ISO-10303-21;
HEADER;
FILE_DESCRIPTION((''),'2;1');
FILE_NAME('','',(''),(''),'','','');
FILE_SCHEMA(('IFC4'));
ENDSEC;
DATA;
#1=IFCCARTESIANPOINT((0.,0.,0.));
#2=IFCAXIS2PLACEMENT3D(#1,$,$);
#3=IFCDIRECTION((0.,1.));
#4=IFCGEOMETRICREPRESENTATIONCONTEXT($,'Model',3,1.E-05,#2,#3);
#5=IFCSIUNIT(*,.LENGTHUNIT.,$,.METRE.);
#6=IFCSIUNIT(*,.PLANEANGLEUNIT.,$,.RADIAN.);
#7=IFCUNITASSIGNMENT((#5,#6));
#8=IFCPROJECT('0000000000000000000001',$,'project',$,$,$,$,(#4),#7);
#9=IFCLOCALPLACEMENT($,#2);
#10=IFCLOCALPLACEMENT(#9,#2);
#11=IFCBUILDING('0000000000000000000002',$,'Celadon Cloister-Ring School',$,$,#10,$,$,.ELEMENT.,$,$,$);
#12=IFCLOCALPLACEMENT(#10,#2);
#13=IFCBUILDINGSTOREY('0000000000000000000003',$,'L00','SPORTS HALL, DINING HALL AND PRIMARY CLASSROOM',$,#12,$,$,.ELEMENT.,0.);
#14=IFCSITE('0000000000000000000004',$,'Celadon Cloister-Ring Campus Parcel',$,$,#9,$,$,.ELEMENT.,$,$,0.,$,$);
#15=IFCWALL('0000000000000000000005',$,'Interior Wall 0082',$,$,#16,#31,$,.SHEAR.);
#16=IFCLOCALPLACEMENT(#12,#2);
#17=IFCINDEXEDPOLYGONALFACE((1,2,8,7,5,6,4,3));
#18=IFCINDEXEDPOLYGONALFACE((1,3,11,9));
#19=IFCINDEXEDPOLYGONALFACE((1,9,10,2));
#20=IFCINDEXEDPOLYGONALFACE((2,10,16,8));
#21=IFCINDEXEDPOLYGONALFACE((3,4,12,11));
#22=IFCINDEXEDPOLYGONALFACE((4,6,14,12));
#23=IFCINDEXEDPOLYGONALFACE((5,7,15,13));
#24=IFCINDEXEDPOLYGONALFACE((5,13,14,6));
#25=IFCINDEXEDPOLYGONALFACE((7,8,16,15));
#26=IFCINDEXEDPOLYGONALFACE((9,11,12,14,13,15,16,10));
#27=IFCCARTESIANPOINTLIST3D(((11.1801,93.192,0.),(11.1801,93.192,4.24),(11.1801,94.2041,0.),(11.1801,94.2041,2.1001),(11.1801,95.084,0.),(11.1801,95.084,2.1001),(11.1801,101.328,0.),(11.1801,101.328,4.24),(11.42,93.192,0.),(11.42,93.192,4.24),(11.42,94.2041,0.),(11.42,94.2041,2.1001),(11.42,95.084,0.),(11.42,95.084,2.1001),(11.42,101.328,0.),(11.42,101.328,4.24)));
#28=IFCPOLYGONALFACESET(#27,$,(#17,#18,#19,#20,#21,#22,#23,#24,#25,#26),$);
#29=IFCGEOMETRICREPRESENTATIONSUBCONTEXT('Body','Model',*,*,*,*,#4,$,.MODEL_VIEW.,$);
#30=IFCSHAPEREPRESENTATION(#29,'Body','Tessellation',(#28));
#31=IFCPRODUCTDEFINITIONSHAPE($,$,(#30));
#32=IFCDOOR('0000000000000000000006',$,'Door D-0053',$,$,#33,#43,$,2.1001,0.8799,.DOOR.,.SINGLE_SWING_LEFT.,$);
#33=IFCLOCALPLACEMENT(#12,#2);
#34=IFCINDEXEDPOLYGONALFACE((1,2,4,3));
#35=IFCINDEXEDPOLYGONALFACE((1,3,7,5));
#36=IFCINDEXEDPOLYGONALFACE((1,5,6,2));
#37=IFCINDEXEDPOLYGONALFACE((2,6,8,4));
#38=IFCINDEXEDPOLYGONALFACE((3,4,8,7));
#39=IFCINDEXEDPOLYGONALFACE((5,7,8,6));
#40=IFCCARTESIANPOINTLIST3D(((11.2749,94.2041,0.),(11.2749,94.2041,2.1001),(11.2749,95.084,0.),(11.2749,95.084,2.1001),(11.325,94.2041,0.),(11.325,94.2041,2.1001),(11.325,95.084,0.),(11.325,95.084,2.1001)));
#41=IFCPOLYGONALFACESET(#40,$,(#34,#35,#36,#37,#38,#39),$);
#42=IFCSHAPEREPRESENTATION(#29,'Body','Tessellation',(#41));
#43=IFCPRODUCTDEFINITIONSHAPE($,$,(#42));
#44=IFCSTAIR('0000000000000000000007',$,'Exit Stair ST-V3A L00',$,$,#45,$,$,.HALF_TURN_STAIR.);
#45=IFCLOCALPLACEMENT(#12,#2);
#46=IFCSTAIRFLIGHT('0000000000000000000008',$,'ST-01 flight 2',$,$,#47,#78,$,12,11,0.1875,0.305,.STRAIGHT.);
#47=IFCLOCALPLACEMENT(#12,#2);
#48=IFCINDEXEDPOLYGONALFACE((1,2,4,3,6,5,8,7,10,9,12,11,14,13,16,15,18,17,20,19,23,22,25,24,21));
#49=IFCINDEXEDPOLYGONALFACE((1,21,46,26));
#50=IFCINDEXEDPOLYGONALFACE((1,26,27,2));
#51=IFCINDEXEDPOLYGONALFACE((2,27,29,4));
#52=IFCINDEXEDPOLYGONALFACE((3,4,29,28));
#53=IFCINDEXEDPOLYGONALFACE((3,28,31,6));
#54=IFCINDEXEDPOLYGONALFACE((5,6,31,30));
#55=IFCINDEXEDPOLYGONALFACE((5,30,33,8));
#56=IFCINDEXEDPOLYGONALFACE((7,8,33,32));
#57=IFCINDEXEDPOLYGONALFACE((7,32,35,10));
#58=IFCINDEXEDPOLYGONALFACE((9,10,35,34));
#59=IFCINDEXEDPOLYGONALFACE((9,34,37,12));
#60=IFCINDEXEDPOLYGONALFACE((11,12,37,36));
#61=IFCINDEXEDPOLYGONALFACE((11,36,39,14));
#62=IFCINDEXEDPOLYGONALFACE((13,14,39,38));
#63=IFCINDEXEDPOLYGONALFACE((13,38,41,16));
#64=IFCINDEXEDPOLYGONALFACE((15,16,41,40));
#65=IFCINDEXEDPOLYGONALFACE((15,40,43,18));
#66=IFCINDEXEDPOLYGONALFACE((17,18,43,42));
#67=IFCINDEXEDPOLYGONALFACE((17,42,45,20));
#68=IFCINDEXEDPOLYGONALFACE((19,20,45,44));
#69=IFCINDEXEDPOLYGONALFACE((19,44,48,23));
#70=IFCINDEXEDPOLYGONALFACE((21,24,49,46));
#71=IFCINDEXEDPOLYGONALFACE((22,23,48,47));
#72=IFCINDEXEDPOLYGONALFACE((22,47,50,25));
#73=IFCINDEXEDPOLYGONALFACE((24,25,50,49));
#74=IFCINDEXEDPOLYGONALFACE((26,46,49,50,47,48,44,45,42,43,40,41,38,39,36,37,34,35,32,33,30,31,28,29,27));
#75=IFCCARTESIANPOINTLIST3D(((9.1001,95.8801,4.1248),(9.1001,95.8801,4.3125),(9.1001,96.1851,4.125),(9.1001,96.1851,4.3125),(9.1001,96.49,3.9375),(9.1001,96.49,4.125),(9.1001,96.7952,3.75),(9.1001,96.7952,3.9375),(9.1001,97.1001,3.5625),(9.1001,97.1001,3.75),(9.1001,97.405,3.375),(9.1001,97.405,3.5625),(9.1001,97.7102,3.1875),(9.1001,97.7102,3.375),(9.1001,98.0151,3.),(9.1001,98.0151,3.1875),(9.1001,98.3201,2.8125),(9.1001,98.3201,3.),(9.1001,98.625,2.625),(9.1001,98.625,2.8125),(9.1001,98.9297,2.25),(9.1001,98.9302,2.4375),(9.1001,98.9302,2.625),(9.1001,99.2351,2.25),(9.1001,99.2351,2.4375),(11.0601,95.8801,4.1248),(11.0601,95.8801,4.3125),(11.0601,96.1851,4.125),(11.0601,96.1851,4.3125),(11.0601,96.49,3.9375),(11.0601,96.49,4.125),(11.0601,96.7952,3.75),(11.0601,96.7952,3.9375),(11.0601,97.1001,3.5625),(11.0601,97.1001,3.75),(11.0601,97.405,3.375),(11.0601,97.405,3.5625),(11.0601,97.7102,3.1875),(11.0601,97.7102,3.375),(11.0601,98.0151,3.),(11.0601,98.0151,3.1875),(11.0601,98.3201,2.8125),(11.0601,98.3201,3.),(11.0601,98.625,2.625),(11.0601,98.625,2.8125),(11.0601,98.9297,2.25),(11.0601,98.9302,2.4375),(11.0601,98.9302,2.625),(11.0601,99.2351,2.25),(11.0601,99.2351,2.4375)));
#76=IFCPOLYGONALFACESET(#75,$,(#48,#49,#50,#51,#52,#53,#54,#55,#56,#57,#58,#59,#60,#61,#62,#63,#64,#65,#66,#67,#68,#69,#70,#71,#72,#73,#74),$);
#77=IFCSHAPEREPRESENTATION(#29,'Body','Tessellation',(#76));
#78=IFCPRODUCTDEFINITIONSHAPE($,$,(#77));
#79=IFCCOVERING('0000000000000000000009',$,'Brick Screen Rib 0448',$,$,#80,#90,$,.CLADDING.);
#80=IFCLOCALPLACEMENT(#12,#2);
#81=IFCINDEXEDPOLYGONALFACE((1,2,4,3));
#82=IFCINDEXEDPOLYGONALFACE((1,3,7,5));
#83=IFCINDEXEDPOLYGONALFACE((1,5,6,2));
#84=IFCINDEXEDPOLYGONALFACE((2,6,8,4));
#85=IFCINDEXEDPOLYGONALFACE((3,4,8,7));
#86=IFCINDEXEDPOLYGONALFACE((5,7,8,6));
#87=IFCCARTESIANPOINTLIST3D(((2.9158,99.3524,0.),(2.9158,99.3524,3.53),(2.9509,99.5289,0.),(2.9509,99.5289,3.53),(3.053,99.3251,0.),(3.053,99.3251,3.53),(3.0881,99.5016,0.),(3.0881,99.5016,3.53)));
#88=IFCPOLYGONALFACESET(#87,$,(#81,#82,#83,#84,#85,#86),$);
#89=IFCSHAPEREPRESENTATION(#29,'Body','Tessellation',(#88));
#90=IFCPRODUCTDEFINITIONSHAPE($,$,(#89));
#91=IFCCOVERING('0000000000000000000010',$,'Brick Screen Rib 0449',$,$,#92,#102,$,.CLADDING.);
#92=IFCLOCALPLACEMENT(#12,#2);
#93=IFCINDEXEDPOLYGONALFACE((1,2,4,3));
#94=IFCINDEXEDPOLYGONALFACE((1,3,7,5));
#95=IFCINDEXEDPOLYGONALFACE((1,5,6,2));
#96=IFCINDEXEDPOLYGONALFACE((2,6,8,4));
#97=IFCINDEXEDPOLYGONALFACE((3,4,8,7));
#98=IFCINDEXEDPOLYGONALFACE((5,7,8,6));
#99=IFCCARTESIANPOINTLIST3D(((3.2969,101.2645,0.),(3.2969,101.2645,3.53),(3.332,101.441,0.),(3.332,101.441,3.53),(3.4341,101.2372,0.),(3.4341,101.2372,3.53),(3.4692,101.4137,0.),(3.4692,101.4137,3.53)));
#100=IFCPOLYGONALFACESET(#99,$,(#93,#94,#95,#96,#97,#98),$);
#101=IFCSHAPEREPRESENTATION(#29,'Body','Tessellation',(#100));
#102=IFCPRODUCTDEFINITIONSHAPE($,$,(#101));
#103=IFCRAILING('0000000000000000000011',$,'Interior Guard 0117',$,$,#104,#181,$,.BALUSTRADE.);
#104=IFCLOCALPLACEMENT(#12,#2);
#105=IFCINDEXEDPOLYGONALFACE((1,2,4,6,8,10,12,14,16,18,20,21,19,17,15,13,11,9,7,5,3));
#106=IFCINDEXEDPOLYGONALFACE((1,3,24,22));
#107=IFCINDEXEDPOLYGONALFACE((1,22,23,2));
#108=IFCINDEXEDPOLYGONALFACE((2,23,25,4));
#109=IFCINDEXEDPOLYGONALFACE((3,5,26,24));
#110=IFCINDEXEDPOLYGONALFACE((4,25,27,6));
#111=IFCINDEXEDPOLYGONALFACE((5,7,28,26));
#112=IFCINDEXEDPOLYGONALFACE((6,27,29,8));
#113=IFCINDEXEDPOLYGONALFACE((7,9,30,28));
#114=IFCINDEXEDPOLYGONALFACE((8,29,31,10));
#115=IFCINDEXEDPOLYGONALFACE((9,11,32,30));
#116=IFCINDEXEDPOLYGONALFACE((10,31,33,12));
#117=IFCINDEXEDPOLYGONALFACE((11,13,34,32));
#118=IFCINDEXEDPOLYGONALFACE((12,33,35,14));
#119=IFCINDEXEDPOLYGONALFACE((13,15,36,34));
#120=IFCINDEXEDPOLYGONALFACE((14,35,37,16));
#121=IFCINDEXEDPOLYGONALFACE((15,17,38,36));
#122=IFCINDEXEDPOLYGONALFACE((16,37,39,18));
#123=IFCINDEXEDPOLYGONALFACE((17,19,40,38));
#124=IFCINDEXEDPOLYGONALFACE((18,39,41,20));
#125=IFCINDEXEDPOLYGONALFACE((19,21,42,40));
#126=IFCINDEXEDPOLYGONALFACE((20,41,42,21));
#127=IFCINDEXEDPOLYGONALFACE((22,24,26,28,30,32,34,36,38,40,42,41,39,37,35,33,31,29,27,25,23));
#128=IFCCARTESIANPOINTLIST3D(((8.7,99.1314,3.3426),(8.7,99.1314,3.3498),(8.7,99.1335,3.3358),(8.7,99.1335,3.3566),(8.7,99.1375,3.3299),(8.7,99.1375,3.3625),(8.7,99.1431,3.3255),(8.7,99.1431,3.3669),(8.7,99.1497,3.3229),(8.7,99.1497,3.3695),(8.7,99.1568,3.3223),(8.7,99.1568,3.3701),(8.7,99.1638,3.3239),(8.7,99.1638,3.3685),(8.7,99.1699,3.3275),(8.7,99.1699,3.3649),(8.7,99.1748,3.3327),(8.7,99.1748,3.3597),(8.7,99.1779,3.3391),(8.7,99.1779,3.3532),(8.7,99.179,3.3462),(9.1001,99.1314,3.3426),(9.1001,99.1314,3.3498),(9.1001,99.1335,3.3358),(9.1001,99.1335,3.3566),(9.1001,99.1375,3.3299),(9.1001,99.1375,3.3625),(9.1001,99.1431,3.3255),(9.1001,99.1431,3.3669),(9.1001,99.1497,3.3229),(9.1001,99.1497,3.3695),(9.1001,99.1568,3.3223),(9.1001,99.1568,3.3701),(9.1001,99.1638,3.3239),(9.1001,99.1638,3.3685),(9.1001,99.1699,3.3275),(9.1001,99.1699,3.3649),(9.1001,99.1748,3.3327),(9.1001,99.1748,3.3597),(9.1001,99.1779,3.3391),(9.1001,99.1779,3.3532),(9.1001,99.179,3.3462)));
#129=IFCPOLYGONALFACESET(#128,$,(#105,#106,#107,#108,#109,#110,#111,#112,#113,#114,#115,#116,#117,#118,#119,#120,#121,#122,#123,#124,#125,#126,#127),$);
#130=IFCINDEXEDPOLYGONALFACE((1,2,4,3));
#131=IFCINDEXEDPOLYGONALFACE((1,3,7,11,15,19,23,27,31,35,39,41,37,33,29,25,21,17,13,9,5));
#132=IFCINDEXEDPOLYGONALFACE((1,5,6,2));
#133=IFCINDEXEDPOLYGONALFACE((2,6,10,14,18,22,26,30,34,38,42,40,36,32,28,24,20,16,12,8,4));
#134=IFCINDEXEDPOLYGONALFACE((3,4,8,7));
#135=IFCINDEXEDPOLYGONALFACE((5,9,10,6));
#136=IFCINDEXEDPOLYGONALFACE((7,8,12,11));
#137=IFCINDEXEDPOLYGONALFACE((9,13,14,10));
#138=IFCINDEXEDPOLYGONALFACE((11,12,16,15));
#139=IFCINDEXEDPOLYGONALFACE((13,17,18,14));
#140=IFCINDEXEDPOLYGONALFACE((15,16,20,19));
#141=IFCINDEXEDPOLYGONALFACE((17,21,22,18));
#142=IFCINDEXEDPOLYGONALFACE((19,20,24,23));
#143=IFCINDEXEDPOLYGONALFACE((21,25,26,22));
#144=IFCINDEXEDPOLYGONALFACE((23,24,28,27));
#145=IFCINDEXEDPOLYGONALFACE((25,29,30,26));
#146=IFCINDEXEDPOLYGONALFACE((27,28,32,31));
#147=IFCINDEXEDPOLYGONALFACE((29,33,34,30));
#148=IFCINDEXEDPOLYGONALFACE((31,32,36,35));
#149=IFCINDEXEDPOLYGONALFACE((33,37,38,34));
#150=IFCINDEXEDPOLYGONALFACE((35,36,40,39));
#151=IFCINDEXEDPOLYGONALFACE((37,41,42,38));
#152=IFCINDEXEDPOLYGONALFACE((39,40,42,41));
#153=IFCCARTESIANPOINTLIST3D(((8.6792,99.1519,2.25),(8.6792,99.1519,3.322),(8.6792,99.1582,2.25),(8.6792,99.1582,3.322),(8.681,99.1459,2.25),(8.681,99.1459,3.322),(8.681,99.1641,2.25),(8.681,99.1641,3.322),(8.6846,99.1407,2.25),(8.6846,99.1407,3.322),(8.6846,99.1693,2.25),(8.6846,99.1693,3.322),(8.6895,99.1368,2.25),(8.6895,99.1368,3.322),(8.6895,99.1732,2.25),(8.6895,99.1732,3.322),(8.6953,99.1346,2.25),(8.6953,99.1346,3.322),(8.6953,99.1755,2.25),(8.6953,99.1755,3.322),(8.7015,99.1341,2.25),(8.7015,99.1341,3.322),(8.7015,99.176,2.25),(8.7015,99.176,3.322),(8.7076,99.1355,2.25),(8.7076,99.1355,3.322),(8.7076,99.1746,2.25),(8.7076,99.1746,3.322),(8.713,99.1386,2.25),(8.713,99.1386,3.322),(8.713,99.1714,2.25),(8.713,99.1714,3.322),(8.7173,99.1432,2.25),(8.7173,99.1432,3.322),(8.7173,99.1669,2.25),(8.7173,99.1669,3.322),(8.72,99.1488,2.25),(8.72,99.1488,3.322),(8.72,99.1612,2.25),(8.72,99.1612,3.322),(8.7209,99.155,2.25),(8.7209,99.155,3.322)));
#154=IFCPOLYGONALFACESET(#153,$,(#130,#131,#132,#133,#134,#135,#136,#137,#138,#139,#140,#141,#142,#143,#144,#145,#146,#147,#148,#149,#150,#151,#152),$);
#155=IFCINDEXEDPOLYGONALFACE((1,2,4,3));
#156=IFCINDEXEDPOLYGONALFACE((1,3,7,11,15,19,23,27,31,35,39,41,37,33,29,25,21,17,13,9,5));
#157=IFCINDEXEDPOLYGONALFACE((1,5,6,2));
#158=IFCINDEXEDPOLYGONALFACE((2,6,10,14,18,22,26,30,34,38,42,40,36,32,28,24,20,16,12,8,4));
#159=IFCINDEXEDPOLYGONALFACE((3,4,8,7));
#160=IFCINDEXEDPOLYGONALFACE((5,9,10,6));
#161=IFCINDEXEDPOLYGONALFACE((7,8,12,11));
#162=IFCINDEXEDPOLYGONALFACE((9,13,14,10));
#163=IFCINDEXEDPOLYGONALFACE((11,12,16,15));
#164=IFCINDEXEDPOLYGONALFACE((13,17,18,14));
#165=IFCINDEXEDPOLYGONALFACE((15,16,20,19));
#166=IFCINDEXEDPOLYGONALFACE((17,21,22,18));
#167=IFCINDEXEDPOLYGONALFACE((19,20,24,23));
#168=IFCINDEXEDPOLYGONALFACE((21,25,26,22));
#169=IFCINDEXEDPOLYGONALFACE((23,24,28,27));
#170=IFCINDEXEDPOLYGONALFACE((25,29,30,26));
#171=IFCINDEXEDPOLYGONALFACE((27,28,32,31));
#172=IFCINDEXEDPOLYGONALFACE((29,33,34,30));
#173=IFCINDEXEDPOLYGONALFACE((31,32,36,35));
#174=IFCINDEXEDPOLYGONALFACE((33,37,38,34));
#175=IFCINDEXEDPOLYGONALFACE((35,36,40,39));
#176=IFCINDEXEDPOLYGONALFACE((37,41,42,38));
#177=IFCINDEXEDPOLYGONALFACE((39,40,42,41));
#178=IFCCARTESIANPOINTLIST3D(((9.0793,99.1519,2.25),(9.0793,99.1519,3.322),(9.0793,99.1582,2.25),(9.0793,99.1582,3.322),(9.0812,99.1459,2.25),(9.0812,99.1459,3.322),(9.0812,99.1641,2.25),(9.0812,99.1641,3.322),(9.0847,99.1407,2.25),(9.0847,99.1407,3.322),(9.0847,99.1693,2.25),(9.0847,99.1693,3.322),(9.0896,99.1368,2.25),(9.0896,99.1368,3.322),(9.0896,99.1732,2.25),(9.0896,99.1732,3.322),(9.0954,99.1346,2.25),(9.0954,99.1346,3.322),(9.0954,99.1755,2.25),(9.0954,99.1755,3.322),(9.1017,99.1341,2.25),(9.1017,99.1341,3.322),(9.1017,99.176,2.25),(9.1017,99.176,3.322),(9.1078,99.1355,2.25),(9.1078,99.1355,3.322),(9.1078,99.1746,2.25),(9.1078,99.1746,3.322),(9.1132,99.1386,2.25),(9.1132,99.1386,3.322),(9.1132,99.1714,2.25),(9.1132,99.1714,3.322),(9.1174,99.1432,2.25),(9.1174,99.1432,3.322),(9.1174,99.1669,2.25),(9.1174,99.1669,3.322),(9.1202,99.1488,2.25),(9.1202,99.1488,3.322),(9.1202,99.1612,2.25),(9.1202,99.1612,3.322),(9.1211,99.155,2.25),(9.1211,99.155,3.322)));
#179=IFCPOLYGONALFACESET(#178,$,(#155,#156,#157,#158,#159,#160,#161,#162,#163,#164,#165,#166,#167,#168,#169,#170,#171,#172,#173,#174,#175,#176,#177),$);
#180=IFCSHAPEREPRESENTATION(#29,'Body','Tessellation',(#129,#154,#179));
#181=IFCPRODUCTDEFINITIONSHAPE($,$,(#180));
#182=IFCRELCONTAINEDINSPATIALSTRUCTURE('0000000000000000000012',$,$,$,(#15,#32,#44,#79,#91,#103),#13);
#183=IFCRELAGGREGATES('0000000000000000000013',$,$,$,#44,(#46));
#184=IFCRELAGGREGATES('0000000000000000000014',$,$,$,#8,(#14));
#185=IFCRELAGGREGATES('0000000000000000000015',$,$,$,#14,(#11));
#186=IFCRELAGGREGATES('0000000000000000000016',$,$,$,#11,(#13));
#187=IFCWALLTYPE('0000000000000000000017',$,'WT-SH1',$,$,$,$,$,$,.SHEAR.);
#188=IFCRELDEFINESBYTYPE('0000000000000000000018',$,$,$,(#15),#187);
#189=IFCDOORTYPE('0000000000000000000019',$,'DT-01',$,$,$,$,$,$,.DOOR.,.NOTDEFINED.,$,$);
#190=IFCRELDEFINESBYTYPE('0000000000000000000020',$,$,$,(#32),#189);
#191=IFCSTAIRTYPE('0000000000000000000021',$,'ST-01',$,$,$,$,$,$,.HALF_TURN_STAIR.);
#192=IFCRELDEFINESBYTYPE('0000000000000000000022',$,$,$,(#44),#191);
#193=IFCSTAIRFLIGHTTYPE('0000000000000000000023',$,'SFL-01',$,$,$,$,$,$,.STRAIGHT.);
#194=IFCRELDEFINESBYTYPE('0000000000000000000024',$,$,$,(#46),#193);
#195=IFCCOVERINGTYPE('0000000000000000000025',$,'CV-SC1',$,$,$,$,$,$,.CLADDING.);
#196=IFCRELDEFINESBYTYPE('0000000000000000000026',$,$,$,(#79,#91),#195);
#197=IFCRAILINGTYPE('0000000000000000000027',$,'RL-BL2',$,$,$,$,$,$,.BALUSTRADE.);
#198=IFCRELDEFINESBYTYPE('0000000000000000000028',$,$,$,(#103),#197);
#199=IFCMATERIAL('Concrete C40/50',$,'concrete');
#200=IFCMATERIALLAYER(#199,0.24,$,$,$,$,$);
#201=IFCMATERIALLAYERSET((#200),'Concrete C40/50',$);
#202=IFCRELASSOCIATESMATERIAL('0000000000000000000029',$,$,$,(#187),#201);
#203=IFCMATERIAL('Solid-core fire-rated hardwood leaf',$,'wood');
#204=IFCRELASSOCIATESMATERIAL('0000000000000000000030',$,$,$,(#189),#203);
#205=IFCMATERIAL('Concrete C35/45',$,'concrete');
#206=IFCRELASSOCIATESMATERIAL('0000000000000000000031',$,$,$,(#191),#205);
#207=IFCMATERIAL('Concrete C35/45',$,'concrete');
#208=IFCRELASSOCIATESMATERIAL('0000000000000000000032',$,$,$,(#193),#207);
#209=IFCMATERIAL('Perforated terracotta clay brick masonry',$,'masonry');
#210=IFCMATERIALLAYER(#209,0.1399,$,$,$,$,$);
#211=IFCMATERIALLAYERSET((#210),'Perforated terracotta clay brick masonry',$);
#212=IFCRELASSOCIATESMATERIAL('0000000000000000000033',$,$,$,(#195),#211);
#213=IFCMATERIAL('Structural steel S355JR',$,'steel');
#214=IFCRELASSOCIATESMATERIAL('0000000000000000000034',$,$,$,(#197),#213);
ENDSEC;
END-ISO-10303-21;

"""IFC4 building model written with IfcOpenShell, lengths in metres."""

from ifc_helpers import new_model, si_unit, direction, frame, frame_2d, origin, origin_2d, place, context, subcontext, project, spatial, polyline, rectangle, circle, outline, extrude, material, layer, layer_set, type_object, element, fill, aggregate, save


model = new_model("IFC4")

# Units and contexts
model_context = context("Model", 3, precision=1e-05, world=origin(), true_north=direction((0.0, 1.0)))
body_context = subcontext(model_context, "Body", "Model", "MODEL_VIEW")
ifc_project = project(units=[si_unit("LENGTHUNIT", "METRE"), si_unit("PLANEANGLEUNIT", "RADIAN")], contexts=[model_context])

# Site, building, storey
site_placement = place(None, origin())
site = spatial("IfcSite", under=ifc_project, at=site_placement, Name="Celadon Cloister-Ring Campus Parcel", CompositionType="ELEMENT", RefElevation=0.0)
building_placement = place(site_placement, origin())
building = spatial("IfcBuilding", under=site, at=building_placement, Name="Celadon Cloister-Ring School", CompositionType="ELEMENT")
storey_placement = place(building_placement, origin())
storey = spatial("IfcBuildingStorey", under=building, at=storey_placement, Name="L00", Description="SPORTS HALL, DINING HALL AND PRIMARY CLASSROOM", CompositionType="ELEMENT", Elevation=0.0)

# Wall, opening, door
ifc_material_1 = material(Name="Concrete C40/50", Category="concrete")
ifc_layer_1 = layer(ifc_material_1, 0.24)
ifc_layer_set_1 = layer_set([ifc_layer_1], Name="Concrete C40/50")
wall_type_1 = type_object("IfcWallType", Name="WT-SH1", PredefinedType="SHEAR", material=ifc_layer_set_1)
wall_1_placement = place(storey_placement, frame((11.3, 101.3279, 0.0), z_axis=(0.0, 0.0, 1.0), x_axis=(0.0, -1.0, 0.0)))
wall_1 = element("IfcWall", 1, at=wall_1_placement, inside=storey, type_object=wall_type_1, Name="Interior Wall 0082", PredefinedType="SHEAR", context=body_context, shape_type="SweptSolid", body=[
    extrude(rectangle(XDim=8.136, YDim=0.24, at=frame_2d((4.0679, 0.0))), origin(), (0.0, 0.0, 1.0), 4.24),
])
opening_1_placement = place(wall_1_placement, frame((6.2439, 0.0, 0.0)))
opening_1 = element("IfcOpeningElement", 2, at=opening_1_placement, cuts=wall_1, PredefinedType="OPENING", context=body_context, shape_type="SweptSolid", body=[
    extrude(rectangle(XDim=0.8799, YDim=2.1001, at=frame_2d((0.4399, 1.05))), frame((0.0, 0.1299, 0.0), z_axis=(0.0, -1.0, 0.0), x_axis=(1.0, 0.0, 0.0)), (0.0, 0.0, 1.0), 0.26),
])
ifc_material_2 = material(Name="Solid-core fire-rated hardwood leaf", Category="wood")
door_type = type_object("IfcDoorType", Name="DT-01", OperationType="NOTDEFINED", PredefinedType="DOOR", material=ifc_material_2)
door_placement = place(opening_1_placement, origin())
door = element("IfcDoor", 3, at=door_placement, inside=storey, type_object=door_type, Name="Door D-0053", OperationType="SINGLE_SWING_LEFT", OverallHeight=2.1001, OverallWidth=0.8799, PredefinedType="DOOR", context=body_context, shape_type="SweptSolid", body=[
    extrude(rectangle(XDim=0.8799, YDim=2.1001, at=frame_2d((0.4399, 1.05))), frame((0.0, 0.0249, 0.0), z_axis=(0.0, -1.0, 0.0), x_axis=(1.0, 0.0, 0.0)), (0.0, 0.0, 1.0), 0.05),
])
fill(opening_1, door)

# Stair, stair flight
ifc_material_3 = material(Name="Concrete C35/45", Category="concrete")
stair_type = type_object("IfcStairType", Name="ST-01", PredefinedType="HALF_TURN_STAIR", material=ifc_material_3)
stair_placement = place(storey_placement, origin())
stair = element("IfcStair", 4, at=stair_placement, inside=storey, type_object=stair_type, Name="Exit Stair ST-V3A L00", PredefinedType="HALF_TURN_STAIR")
ifc_material_4 = material(Name="Concrete C35/45", Category="concrete")
stair_flight_type = type_object("IfcStairFlightType", Name="SFL-01", PredefinedType="STRAIGHT", material=ifc_material_4)
stair_flight_placement = place(storey_placement, frame((10.0801, 99.2351, 2.25), z_axis=(0.0, 0.0, 1.0), x_axis=(0.0, -1.0, 0.0)))
stair_flight = element("IfcStairFlight", 5, at=stair_flight_placement, type_object=stair_flight_type, Name="ST-01 flight 2", NumberOfRisers=12, NumberOfTreads=11, PredefinedType="STRAIGHT", RiserHeight=0.1875, TreadLength=0.305, context=body_context, shape_type="SweptSolid", body=[
    extrude(outline(polyline([(0.0, 0.0), (0.0, 0.1875), (0.3049, 0.1875), (0.3049, 0.375), (0.6101, 0.375), (0.6101, 0.5625), (0.915, 0.5625), (0.915, 0.75), (1.22, 0.75), (1.22, 0.9375), (1.5249, 0.9375), (1.5249, 1.125), (1.8301, 1.125), (1.8301, 1.3125), (2.135, 1.3125), (2.135, 1.5), (2.4399, 1.5), (2.4399, 1.6875), (2.7451, 1.6875), (2.7451, 1.875), (3.05, 1.875), (3.05, 2.0625), (3.355, 2.0625), (3.355, 2.25), (3.355, 1.8748), (0.3054, 0.0), (0.0, 0.0)])), frame((0.0, 0.98, 0.0), z_axis=(0.0, -1.0, 0.0), x_axis=(1.0, 0.0, 0.0)), (0.0, 0.0, 1.0), 1.96),
])
aggregate(stair, [stair_flight])

# Coverings
ifc_material_5 = material(Name="Perforated terracotta clay brick masonry", Category="masonry")
ifc_layer_2 = layer(ifc_material_5, 0.1399)
ifc_layer_set_2 = layer_set([ifc_layer_2], Name="Perforated terracotta clay brick masonry")
covering_type = type_object("IfcCoveringType", Name="CV-SC1", PredefinedType="CLADDING", material=ifc_layer_set_2)
for number, where, z_axis, x_axis, name in (
    (6, (3.002, 99.427, 0.0), (0.0, 0.0, 1.0), (0.195142, 0.980775, 0.0), "Brick Screen Rib 0448"),
    (7, (3.3831, 101.3391, 0.0), (0.0, 0.0, 1.0), (0.195142, 0.980775, 0.0), "Brick Screen Rib 0449"),
):
    element("IfcCovering", number, at=place(storey_placement, frame(where, z_axis=z_axis, x_axis=x_axis)), inside=storey, type_object=covering_type, Name=name, PredefinedType="CLADDING", context=body_context, shape_type="SweptSolid", body=[
        extrude(rectangle(XDim=0.1799, YDim=0.1399, at=origin_2d()), origin(), (0.0, 0.0, 1.0), 3.53),
    ])

# Railing
ifc_material_6 = material(Name="Structural steel S355JR", Category="steel")
railing_type_1 = type_object("IfcRailingType", Name="RL-BL2", PredefinedType="BALUSTRADE", material=ifc_material_6)
railing_placement = place(storey_placement, frame((8.7, 99.155, 2.25)))
element("IfcRailing", 8, at=railing_placement, inside=storey, type_object=railing_type_1, Name="Interior Guard 0117", PredefinedType="BALUSTRADE", context=body_context, shape_type="SweptSolid", body=[
    extrude(circle(Radius=0.0239, at=origin_2d()), frame((0.0, 0.0, 1.0962), z_axis=(1.0, 0.0, 0.0), x_axis=(0.0, 1.0, 0.0)), (0.0, 0.0, 1.0), 0.4001),
    extrude(circle(Radius=0.021, at=origin_2d()), origin(), (0.0, 0.0, 1.0), 1.072),
    extrude(circle(Radius=0.021, at=origin_2d()), frame((0.4001, 0.0, 0.0)), (0.0, 0.0, 1.0), 1.072),
])

save(model, "model.ifc")
